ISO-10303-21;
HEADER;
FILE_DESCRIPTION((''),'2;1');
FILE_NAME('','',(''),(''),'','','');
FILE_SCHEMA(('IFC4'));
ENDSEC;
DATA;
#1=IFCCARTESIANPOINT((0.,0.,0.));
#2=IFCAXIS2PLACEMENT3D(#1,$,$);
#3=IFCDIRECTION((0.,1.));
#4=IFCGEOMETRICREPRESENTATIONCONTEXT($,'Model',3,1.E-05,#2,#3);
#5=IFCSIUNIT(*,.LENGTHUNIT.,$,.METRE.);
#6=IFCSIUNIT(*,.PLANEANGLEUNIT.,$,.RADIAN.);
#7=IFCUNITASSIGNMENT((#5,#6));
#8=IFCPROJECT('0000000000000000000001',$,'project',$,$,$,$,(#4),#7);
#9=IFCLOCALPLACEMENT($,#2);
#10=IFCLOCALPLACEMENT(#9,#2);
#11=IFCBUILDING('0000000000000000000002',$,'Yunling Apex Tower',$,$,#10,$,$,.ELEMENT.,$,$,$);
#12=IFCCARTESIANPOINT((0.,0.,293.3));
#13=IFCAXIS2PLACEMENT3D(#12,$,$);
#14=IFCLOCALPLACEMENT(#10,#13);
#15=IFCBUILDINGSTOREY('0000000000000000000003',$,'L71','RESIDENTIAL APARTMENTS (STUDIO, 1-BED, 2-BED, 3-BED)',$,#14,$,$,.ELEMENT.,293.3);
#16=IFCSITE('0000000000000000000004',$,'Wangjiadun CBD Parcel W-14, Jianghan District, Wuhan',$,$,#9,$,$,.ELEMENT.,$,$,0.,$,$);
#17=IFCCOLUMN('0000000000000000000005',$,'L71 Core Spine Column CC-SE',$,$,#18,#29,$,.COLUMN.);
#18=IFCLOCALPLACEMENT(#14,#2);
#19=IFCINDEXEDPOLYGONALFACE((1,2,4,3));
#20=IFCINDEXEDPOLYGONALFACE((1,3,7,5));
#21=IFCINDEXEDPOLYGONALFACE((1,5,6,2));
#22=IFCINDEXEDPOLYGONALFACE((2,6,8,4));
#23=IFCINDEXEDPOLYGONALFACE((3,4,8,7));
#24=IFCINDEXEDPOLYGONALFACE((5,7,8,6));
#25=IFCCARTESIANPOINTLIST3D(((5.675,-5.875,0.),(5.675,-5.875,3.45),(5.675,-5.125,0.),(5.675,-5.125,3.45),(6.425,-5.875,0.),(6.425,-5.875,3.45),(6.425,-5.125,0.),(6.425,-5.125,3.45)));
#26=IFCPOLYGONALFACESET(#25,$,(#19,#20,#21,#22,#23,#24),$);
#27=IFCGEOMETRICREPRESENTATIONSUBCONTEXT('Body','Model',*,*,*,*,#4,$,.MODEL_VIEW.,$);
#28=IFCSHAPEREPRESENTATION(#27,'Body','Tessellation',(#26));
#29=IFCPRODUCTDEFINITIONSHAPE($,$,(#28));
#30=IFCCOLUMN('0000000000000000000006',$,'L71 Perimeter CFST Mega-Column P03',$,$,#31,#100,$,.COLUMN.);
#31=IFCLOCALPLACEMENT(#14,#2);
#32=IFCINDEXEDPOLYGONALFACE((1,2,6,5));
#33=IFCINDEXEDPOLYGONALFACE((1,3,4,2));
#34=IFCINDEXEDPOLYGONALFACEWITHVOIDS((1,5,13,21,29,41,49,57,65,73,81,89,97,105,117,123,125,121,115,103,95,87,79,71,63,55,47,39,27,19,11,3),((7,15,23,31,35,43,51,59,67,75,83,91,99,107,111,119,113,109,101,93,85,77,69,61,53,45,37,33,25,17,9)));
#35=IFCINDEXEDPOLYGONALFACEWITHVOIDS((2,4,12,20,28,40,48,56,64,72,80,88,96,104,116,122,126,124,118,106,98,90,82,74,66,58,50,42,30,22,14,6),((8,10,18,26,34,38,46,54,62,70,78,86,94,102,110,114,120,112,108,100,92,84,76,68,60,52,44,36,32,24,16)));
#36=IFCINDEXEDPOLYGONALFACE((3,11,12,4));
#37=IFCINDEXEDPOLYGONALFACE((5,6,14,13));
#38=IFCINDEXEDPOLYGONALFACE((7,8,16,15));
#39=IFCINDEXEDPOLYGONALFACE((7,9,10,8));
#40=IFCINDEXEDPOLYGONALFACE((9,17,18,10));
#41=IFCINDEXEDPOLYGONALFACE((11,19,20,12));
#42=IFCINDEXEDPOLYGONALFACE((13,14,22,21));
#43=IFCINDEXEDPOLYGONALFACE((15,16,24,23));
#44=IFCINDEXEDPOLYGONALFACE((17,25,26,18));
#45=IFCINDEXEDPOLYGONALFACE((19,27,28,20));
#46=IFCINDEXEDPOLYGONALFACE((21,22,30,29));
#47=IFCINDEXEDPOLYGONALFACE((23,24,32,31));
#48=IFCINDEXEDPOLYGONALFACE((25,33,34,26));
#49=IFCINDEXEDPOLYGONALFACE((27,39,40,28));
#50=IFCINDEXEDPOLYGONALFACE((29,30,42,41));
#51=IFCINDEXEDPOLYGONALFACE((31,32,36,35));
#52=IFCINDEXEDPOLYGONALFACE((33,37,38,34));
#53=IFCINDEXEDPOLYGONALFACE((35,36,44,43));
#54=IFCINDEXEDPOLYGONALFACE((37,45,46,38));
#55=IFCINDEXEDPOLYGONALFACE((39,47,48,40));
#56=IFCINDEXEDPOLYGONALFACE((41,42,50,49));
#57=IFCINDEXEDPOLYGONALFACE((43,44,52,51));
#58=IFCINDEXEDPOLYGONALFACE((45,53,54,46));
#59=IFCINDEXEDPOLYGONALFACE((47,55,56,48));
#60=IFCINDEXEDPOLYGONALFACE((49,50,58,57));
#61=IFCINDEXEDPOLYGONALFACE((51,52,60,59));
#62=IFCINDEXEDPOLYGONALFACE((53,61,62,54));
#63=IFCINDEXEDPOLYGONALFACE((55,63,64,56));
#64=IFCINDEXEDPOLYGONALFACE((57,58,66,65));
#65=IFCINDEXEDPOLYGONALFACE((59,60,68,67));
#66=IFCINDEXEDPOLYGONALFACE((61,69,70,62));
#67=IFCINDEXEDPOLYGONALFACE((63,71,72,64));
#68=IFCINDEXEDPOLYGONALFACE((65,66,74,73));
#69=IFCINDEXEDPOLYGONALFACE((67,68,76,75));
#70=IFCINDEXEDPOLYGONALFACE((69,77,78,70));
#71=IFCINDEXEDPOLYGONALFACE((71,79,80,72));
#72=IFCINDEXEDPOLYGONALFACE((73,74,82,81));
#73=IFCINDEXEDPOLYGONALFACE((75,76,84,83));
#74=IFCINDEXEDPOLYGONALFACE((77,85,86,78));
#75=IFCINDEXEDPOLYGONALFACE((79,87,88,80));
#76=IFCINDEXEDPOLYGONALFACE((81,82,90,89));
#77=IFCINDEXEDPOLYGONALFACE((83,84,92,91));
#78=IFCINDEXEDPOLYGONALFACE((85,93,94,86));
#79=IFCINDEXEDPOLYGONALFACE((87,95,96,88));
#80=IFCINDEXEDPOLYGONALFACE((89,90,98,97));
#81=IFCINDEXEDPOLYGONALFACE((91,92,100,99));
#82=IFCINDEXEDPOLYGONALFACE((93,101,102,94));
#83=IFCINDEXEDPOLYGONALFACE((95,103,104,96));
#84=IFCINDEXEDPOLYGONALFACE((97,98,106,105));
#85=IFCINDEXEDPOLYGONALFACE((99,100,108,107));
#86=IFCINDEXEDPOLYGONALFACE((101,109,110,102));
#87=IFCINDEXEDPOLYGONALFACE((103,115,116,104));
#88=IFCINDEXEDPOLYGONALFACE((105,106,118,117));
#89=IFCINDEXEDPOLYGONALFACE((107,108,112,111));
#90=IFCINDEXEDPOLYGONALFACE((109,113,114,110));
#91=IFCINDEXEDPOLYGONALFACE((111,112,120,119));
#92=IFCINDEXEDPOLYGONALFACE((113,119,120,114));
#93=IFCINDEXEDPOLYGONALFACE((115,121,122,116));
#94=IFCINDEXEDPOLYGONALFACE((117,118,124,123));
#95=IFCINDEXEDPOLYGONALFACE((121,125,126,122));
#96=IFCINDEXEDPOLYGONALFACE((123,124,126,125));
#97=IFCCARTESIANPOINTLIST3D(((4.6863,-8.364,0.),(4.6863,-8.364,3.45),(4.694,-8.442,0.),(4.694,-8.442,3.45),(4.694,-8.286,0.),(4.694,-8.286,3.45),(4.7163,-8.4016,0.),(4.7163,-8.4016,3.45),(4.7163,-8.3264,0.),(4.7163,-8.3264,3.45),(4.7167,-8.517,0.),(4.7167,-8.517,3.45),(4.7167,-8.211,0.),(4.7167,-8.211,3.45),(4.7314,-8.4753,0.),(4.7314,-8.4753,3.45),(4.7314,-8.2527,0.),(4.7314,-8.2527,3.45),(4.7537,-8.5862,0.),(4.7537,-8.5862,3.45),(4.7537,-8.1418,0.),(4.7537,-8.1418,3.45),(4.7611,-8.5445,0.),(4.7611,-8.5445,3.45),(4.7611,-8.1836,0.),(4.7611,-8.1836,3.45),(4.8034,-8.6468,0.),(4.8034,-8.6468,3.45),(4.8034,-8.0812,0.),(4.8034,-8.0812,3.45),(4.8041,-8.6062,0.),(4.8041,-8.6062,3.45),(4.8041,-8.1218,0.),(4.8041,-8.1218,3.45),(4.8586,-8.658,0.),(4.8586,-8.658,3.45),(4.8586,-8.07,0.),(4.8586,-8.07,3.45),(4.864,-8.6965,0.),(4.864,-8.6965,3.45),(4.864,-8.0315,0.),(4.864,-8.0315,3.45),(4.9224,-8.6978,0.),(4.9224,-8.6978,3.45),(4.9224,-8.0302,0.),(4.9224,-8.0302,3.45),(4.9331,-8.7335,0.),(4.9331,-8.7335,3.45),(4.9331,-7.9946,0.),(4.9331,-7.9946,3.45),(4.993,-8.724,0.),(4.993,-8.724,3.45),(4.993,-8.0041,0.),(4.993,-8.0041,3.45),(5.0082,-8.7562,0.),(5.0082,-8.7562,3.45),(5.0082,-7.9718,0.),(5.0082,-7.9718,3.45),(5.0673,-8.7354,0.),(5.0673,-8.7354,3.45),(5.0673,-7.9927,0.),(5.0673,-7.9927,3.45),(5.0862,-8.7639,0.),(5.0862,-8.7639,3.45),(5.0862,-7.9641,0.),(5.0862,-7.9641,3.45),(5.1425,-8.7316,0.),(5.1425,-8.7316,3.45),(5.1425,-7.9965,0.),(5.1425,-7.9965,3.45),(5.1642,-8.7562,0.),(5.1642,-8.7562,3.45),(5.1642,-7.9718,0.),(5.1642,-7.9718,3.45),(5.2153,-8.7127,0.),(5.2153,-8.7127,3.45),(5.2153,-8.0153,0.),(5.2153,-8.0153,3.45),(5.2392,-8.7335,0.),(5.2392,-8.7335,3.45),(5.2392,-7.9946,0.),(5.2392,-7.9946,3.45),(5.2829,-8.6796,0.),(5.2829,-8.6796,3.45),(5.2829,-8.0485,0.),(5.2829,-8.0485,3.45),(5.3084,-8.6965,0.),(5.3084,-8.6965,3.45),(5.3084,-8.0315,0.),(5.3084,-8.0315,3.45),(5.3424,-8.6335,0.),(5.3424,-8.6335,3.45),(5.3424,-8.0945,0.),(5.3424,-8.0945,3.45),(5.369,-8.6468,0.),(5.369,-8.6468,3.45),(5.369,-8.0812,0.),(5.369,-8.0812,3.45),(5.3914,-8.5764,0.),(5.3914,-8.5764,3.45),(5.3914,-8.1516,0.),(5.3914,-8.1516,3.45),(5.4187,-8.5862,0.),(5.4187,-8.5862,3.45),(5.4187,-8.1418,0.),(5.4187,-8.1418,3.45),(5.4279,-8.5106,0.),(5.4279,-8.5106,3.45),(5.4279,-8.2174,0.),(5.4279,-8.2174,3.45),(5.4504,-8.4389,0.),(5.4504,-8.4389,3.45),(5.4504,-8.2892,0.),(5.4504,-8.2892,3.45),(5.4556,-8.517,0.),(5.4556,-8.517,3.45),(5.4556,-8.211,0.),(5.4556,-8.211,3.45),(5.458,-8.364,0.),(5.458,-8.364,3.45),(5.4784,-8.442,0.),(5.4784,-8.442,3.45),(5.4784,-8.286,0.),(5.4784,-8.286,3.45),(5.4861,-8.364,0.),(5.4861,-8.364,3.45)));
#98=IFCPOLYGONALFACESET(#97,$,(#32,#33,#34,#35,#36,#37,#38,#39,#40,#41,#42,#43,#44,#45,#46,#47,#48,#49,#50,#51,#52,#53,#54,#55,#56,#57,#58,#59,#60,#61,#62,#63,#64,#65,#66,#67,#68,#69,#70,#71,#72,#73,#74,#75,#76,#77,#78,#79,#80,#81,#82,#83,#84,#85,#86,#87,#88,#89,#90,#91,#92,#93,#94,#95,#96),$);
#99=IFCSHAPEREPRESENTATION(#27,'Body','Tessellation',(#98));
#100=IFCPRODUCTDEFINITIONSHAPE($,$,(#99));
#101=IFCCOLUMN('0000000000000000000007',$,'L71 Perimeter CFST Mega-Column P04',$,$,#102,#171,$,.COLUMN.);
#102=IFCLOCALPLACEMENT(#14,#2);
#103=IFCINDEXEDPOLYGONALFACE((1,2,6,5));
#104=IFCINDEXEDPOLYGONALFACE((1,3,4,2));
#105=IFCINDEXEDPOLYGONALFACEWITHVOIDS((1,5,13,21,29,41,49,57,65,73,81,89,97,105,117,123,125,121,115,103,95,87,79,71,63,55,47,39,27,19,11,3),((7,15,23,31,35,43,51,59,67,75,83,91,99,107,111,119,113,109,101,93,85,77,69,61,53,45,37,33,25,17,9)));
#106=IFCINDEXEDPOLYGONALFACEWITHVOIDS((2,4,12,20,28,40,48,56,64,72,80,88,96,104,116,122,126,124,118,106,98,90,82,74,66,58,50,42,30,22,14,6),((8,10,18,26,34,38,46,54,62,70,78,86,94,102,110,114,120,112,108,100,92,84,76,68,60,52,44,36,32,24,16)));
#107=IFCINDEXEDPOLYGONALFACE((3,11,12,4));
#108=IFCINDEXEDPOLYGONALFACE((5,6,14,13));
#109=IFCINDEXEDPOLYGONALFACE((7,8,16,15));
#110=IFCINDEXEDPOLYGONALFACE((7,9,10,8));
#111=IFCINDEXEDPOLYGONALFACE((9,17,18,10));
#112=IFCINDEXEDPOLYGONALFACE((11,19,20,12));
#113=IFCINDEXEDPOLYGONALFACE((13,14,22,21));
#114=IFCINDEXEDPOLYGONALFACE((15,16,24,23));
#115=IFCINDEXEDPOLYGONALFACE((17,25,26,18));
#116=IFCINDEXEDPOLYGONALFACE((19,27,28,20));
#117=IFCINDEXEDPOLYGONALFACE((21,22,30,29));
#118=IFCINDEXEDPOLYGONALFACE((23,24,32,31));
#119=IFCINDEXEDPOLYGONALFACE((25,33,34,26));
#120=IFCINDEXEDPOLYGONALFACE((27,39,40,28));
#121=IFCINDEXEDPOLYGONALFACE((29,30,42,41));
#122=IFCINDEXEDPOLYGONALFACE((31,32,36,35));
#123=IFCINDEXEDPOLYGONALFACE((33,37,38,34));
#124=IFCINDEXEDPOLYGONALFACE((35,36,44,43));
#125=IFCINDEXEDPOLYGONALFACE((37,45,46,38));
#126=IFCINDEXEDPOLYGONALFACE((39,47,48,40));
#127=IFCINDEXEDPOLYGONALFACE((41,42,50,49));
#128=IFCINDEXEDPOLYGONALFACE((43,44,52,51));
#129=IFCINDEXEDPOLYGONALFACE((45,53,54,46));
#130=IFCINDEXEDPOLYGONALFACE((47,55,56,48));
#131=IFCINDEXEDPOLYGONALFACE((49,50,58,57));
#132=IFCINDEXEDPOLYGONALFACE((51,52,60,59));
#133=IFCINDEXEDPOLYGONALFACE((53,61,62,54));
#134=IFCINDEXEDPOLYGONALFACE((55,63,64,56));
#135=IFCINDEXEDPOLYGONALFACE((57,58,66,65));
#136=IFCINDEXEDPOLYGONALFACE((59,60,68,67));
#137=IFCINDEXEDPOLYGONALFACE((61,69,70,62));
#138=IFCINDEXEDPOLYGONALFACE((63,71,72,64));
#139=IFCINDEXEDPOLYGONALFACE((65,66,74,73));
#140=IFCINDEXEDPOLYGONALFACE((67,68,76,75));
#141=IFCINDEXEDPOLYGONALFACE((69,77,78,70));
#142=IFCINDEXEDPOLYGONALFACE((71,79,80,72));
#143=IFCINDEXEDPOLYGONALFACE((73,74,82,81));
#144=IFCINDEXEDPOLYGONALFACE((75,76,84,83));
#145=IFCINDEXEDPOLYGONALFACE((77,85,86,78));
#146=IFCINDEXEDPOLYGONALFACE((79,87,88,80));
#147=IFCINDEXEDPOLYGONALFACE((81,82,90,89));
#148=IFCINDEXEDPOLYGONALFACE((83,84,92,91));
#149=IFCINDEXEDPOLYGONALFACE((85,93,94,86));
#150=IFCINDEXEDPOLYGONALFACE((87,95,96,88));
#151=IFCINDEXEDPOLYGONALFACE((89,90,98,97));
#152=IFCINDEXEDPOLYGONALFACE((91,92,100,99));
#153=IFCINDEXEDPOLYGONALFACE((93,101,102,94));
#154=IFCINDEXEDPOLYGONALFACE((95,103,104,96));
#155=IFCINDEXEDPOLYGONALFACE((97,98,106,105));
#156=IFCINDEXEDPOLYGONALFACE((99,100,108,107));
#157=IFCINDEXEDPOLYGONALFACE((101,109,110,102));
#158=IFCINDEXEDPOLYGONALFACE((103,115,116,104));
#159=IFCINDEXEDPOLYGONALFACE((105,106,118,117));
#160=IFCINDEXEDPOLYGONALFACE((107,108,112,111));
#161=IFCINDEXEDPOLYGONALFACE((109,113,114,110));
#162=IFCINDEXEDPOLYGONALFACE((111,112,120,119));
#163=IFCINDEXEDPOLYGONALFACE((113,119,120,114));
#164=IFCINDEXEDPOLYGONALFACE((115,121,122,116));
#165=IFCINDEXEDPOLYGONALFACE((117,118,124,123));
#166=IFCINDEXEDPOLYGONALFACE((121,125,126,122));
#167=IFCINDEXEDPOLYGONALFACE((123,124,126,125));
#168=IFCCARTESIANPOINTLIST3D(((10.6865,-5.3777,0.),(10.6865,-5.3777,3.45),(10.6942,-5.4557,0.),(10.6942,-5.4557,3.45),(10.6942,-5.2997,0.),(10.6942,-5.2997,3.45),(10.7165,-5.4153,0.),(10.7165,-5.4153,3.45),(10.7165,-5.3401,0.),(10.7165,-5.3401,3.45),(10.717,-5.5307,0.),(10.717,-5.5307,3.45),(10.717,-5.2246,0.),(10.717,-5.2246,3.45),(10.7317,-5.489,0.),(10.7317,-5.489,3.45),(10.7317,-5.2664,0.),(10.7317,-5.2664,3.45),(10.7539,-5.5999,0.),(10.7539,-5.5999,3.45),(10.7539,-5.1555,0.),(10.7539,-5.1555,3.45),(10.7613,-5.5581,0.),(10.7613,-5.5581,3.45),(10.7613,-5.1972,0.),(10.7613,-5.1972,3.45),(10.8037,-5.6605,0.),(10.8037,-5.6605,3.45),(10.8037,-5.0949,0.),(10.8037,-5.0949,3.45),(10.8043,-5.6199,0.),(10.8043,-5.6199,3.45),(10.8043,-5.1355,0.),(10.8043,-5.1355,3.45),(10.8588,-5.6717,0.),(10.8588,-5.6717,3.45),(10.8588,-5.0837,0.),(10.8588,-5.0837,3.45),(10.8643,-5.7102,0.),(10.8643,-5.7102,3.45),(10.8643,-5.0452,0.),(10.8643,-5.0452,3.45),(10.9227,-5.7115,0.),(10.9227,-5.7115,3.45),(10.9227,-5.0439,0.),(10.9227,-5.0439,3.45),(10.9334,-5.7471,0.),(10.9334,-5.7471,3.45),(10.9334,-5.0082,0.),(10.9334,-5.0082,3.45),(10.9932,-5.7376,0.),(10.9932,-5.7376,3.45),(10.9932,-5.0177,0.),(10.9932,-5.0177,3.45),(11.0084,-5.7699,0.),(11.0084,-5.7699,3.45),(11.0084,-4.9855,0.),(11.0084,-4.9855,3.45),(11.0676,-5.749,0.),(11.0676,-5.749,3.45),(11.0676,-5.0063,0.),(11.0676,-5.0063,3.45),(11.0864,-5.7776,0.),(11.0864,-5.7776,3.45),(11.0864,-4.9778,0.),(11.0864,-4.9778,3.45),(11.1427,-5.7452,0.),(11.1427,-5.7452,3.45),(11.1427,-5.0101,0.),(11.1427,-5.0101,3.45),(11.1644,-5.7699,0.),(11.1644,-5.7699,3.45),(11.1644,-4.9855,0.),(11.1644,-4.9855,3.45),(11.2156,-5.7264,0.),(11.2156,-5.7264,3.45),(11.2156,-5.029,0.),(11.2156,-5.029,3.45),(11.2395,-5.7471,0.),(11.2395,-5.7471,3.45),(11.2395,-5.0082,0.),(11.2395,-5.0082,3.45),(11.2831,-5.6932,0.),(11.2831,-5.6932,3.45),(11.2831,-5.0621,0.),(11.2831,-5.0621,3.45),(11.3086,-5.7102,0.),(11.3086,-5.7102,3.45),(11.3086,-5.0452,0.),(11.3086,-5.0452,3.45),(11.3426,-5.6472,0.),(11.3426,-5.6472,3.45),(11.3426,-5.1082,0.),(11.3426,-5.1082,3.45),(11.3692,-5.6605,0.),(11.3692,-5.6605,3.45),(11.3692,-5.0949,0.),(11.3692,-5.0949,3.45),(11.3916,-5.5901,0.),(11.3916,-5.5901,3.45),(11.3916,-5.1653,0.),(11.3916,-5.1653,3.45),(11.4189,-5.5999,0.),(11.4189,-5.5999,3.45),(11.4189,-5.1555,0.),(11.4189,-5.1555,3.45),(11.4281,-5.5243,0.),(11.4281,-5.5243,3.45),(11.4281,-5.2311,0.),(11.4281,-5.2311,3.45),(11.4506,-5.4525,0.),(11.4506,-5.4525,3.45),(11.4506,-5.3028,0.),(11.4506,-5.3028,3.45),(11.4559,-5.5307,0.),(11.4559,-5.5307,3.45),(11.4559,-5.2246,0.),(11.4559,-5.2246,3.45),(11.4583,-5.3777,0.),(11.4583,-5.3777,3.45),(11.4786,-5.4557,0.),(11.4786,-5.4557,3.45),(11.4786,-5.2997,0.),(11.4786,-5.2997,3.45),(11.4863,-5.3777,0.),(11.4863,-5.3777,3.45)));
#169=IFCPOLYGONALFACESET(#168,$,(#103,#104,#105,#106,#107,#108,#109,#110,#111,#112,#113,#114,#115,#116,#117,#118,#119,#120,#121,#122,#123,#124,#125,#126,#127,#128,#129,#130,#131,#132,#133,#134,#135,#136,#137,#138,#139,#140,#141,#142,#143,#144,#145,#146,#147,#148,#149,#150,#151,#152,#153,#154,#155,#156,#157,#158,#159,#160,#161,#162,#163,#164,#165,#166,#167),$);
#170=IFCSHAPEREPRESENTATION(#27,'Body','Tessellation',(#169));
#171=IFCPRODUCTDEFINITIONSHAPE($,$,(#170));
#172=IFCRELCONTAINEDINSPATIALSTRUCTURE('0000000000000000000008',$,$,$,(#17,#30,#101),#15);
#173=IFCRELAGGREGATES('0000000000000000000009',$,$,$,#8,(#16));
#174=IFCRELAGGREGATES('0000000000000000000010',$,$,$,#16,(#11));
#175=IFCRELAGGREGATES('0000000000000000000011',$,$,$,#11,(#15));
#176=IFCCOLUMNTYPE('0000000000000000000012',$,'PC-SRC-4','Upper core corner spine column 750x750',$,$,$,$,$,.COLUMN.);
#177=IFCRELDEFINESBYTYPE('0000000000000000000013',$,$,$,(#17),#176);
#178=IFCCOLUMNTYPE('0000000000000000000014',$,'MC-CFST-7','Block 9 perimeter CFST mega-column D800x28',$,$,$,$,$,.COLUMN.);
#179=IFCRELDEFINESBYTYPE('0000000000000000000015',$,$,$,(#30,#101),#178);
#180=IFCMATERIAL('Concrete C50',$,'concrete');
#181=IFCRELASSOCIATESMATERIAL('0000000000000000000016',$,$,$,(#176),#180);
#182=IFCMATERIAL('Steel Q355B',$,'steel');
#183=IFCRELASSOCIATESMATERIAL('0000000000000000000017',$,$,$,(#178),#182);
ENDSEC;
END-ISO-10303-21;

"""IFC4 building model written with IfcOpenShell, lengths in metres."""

from ifc_helpers import new_model, si_unit, direction, frame, origin, origin_2d, place, context, subcontext, project, spatial, rectangle, hollow_circle, extrude, source, transform, mapped, material, material_profile, profile_set, type_object, element, save


model = new_model("IFC4")

# Units and contexts
model_context = context("Model", 3, precision=1e-05, world=origin(), true_north=direction((0.0, 1.0)))
body_context = subcontext(model_context, "Body", "Model", "MODEL_VIEW")
ifc_project = project(units=[si_unit("LENGTHUNIT", "METRE"), si_unit("PLANEANGLEUNIT", "RADIAN")], contexts=[model_context])

# Site, building, storey
site_placement = place(None, origin())
site = spatial("IfcSite", under=ifc_project, at=site_placement, Name="Wangjiadun CBD Parcel W-14, Jianghan District, Wuhan", CompositionType="ELEMENT", RefElevation=0.0)
building_placement = place(site_placement, origin())
building = spatial("IfcBuilding", under=site, at=building_placement, Name="Yunling Apex Tower", CompositionType="ELEMENT")
storey_placement = place(building_placement, frame((0.0, 0.0, 293.3)))
storey = spatial("IfcBuildingStorey", under=building, at=storey_placement, Name="L71", Description="RESIDENTIAL APARTMENTS (STUDIO, 1-BED, 2-BED, 3-BED)", CompositionType="ELEMENT", Elevation=293.3)

# Columns
ifc_material_1 = material(Name="Concrete C50", Category="concrete")
ifc_material_profile_1 = material_profile(ifc_material_1, rectangle(XDim=0.75, YDim=0.75, at=origin_2d()))
ifc_profile_set_1 = profile_set([ifc_material_profile_1], Name="Concrete C50")
column_type_1 = type_object("IfcColumnType", Name="PC-SRC-4", Description="Upper core corner spine column 750x750", PredefinedType="COLUMN", material=ifc_profile_set_1)
shared_shape_1 = source(origin(), body_context, "Body", "SweptSolid", [
    extrude(rectangle(XDim=0.75, YDim=0.75, at=origin_2d()), origin(), (0.0, 0.0, 1.0), 3.45),
])
column_placement = place(storey_placement, frame((6.05, -5.5, 0.0), z_axis=(0.0, 0.0, 1.0), x_axis=(1.0, 0.0, 0.0)))
element("IfcColumn", 1, at=column_placement, inside=storey, type_object=column_type_1, Name="L71 Core Spine Column CC-SE", PredefinedType="COLUMN", context=body_context, shape_type="MappedRepresentation", body=[
    mapped(shared_shape_1, transform((0.0, 0.0, 0.0), scale=1.0)),
])
ifc_material_2 = material(Name="Steel Q355B", Category="steel")
ifc_material_profile_2 = material_profile(ifc_material_2, hollow_circle(Radius=0.3999, WallThickness=0.0281, at=origin_2d()))
ifc_profile_set_2 = profile_set([ifc_material_profile_2], Name="Steel Q355B")
column_type_2 = type_object("IfcColumnType", Name="MC-CFST-7", Description="Block 9 perimeter CFST mega-column D800x28", PredefinedType="COLUMN", material=ifc_profile_set_2)
shared_shape_2 = source(origin(), body_context, "Body", "SweptSolid", [
    extrude(hollow_circle(Radius=0.3999, WallThickness=0.0281, at=origin_2d()), origin(), (0.0, 0.0, 1.0), 3.45),
])
for number, where, z_axis, x_axis, name in (
    (2, (5.0862, -8.364, 0.0), (0.0, 0.0, 1.0), (1.0, 0.0, 0.0), "L71 Perimeter CFST Mega-Column P03"),
    (3, (11.0864, -5.3777, 0.0), (0.0, 0.0, 1.0), (1.0, 0.0, 0.0), "L71 Perimeter CFST Mega-Column P04"),
):
    element("IfcColumn", number, at=place(storey_placement, frame(where, z_axis=z_axis, x_axis=x_axis)), inside=storey, type_object=column_type_2, Name=name, PredefinedType="COLUMN", context=body_context, shape_type="MappedRepresentation", body=[
        mapped(shared_shape_2, transform((0.0, 0.0, 0.0), scale=1.0)),
    ])

save(model, "model.ifc")
